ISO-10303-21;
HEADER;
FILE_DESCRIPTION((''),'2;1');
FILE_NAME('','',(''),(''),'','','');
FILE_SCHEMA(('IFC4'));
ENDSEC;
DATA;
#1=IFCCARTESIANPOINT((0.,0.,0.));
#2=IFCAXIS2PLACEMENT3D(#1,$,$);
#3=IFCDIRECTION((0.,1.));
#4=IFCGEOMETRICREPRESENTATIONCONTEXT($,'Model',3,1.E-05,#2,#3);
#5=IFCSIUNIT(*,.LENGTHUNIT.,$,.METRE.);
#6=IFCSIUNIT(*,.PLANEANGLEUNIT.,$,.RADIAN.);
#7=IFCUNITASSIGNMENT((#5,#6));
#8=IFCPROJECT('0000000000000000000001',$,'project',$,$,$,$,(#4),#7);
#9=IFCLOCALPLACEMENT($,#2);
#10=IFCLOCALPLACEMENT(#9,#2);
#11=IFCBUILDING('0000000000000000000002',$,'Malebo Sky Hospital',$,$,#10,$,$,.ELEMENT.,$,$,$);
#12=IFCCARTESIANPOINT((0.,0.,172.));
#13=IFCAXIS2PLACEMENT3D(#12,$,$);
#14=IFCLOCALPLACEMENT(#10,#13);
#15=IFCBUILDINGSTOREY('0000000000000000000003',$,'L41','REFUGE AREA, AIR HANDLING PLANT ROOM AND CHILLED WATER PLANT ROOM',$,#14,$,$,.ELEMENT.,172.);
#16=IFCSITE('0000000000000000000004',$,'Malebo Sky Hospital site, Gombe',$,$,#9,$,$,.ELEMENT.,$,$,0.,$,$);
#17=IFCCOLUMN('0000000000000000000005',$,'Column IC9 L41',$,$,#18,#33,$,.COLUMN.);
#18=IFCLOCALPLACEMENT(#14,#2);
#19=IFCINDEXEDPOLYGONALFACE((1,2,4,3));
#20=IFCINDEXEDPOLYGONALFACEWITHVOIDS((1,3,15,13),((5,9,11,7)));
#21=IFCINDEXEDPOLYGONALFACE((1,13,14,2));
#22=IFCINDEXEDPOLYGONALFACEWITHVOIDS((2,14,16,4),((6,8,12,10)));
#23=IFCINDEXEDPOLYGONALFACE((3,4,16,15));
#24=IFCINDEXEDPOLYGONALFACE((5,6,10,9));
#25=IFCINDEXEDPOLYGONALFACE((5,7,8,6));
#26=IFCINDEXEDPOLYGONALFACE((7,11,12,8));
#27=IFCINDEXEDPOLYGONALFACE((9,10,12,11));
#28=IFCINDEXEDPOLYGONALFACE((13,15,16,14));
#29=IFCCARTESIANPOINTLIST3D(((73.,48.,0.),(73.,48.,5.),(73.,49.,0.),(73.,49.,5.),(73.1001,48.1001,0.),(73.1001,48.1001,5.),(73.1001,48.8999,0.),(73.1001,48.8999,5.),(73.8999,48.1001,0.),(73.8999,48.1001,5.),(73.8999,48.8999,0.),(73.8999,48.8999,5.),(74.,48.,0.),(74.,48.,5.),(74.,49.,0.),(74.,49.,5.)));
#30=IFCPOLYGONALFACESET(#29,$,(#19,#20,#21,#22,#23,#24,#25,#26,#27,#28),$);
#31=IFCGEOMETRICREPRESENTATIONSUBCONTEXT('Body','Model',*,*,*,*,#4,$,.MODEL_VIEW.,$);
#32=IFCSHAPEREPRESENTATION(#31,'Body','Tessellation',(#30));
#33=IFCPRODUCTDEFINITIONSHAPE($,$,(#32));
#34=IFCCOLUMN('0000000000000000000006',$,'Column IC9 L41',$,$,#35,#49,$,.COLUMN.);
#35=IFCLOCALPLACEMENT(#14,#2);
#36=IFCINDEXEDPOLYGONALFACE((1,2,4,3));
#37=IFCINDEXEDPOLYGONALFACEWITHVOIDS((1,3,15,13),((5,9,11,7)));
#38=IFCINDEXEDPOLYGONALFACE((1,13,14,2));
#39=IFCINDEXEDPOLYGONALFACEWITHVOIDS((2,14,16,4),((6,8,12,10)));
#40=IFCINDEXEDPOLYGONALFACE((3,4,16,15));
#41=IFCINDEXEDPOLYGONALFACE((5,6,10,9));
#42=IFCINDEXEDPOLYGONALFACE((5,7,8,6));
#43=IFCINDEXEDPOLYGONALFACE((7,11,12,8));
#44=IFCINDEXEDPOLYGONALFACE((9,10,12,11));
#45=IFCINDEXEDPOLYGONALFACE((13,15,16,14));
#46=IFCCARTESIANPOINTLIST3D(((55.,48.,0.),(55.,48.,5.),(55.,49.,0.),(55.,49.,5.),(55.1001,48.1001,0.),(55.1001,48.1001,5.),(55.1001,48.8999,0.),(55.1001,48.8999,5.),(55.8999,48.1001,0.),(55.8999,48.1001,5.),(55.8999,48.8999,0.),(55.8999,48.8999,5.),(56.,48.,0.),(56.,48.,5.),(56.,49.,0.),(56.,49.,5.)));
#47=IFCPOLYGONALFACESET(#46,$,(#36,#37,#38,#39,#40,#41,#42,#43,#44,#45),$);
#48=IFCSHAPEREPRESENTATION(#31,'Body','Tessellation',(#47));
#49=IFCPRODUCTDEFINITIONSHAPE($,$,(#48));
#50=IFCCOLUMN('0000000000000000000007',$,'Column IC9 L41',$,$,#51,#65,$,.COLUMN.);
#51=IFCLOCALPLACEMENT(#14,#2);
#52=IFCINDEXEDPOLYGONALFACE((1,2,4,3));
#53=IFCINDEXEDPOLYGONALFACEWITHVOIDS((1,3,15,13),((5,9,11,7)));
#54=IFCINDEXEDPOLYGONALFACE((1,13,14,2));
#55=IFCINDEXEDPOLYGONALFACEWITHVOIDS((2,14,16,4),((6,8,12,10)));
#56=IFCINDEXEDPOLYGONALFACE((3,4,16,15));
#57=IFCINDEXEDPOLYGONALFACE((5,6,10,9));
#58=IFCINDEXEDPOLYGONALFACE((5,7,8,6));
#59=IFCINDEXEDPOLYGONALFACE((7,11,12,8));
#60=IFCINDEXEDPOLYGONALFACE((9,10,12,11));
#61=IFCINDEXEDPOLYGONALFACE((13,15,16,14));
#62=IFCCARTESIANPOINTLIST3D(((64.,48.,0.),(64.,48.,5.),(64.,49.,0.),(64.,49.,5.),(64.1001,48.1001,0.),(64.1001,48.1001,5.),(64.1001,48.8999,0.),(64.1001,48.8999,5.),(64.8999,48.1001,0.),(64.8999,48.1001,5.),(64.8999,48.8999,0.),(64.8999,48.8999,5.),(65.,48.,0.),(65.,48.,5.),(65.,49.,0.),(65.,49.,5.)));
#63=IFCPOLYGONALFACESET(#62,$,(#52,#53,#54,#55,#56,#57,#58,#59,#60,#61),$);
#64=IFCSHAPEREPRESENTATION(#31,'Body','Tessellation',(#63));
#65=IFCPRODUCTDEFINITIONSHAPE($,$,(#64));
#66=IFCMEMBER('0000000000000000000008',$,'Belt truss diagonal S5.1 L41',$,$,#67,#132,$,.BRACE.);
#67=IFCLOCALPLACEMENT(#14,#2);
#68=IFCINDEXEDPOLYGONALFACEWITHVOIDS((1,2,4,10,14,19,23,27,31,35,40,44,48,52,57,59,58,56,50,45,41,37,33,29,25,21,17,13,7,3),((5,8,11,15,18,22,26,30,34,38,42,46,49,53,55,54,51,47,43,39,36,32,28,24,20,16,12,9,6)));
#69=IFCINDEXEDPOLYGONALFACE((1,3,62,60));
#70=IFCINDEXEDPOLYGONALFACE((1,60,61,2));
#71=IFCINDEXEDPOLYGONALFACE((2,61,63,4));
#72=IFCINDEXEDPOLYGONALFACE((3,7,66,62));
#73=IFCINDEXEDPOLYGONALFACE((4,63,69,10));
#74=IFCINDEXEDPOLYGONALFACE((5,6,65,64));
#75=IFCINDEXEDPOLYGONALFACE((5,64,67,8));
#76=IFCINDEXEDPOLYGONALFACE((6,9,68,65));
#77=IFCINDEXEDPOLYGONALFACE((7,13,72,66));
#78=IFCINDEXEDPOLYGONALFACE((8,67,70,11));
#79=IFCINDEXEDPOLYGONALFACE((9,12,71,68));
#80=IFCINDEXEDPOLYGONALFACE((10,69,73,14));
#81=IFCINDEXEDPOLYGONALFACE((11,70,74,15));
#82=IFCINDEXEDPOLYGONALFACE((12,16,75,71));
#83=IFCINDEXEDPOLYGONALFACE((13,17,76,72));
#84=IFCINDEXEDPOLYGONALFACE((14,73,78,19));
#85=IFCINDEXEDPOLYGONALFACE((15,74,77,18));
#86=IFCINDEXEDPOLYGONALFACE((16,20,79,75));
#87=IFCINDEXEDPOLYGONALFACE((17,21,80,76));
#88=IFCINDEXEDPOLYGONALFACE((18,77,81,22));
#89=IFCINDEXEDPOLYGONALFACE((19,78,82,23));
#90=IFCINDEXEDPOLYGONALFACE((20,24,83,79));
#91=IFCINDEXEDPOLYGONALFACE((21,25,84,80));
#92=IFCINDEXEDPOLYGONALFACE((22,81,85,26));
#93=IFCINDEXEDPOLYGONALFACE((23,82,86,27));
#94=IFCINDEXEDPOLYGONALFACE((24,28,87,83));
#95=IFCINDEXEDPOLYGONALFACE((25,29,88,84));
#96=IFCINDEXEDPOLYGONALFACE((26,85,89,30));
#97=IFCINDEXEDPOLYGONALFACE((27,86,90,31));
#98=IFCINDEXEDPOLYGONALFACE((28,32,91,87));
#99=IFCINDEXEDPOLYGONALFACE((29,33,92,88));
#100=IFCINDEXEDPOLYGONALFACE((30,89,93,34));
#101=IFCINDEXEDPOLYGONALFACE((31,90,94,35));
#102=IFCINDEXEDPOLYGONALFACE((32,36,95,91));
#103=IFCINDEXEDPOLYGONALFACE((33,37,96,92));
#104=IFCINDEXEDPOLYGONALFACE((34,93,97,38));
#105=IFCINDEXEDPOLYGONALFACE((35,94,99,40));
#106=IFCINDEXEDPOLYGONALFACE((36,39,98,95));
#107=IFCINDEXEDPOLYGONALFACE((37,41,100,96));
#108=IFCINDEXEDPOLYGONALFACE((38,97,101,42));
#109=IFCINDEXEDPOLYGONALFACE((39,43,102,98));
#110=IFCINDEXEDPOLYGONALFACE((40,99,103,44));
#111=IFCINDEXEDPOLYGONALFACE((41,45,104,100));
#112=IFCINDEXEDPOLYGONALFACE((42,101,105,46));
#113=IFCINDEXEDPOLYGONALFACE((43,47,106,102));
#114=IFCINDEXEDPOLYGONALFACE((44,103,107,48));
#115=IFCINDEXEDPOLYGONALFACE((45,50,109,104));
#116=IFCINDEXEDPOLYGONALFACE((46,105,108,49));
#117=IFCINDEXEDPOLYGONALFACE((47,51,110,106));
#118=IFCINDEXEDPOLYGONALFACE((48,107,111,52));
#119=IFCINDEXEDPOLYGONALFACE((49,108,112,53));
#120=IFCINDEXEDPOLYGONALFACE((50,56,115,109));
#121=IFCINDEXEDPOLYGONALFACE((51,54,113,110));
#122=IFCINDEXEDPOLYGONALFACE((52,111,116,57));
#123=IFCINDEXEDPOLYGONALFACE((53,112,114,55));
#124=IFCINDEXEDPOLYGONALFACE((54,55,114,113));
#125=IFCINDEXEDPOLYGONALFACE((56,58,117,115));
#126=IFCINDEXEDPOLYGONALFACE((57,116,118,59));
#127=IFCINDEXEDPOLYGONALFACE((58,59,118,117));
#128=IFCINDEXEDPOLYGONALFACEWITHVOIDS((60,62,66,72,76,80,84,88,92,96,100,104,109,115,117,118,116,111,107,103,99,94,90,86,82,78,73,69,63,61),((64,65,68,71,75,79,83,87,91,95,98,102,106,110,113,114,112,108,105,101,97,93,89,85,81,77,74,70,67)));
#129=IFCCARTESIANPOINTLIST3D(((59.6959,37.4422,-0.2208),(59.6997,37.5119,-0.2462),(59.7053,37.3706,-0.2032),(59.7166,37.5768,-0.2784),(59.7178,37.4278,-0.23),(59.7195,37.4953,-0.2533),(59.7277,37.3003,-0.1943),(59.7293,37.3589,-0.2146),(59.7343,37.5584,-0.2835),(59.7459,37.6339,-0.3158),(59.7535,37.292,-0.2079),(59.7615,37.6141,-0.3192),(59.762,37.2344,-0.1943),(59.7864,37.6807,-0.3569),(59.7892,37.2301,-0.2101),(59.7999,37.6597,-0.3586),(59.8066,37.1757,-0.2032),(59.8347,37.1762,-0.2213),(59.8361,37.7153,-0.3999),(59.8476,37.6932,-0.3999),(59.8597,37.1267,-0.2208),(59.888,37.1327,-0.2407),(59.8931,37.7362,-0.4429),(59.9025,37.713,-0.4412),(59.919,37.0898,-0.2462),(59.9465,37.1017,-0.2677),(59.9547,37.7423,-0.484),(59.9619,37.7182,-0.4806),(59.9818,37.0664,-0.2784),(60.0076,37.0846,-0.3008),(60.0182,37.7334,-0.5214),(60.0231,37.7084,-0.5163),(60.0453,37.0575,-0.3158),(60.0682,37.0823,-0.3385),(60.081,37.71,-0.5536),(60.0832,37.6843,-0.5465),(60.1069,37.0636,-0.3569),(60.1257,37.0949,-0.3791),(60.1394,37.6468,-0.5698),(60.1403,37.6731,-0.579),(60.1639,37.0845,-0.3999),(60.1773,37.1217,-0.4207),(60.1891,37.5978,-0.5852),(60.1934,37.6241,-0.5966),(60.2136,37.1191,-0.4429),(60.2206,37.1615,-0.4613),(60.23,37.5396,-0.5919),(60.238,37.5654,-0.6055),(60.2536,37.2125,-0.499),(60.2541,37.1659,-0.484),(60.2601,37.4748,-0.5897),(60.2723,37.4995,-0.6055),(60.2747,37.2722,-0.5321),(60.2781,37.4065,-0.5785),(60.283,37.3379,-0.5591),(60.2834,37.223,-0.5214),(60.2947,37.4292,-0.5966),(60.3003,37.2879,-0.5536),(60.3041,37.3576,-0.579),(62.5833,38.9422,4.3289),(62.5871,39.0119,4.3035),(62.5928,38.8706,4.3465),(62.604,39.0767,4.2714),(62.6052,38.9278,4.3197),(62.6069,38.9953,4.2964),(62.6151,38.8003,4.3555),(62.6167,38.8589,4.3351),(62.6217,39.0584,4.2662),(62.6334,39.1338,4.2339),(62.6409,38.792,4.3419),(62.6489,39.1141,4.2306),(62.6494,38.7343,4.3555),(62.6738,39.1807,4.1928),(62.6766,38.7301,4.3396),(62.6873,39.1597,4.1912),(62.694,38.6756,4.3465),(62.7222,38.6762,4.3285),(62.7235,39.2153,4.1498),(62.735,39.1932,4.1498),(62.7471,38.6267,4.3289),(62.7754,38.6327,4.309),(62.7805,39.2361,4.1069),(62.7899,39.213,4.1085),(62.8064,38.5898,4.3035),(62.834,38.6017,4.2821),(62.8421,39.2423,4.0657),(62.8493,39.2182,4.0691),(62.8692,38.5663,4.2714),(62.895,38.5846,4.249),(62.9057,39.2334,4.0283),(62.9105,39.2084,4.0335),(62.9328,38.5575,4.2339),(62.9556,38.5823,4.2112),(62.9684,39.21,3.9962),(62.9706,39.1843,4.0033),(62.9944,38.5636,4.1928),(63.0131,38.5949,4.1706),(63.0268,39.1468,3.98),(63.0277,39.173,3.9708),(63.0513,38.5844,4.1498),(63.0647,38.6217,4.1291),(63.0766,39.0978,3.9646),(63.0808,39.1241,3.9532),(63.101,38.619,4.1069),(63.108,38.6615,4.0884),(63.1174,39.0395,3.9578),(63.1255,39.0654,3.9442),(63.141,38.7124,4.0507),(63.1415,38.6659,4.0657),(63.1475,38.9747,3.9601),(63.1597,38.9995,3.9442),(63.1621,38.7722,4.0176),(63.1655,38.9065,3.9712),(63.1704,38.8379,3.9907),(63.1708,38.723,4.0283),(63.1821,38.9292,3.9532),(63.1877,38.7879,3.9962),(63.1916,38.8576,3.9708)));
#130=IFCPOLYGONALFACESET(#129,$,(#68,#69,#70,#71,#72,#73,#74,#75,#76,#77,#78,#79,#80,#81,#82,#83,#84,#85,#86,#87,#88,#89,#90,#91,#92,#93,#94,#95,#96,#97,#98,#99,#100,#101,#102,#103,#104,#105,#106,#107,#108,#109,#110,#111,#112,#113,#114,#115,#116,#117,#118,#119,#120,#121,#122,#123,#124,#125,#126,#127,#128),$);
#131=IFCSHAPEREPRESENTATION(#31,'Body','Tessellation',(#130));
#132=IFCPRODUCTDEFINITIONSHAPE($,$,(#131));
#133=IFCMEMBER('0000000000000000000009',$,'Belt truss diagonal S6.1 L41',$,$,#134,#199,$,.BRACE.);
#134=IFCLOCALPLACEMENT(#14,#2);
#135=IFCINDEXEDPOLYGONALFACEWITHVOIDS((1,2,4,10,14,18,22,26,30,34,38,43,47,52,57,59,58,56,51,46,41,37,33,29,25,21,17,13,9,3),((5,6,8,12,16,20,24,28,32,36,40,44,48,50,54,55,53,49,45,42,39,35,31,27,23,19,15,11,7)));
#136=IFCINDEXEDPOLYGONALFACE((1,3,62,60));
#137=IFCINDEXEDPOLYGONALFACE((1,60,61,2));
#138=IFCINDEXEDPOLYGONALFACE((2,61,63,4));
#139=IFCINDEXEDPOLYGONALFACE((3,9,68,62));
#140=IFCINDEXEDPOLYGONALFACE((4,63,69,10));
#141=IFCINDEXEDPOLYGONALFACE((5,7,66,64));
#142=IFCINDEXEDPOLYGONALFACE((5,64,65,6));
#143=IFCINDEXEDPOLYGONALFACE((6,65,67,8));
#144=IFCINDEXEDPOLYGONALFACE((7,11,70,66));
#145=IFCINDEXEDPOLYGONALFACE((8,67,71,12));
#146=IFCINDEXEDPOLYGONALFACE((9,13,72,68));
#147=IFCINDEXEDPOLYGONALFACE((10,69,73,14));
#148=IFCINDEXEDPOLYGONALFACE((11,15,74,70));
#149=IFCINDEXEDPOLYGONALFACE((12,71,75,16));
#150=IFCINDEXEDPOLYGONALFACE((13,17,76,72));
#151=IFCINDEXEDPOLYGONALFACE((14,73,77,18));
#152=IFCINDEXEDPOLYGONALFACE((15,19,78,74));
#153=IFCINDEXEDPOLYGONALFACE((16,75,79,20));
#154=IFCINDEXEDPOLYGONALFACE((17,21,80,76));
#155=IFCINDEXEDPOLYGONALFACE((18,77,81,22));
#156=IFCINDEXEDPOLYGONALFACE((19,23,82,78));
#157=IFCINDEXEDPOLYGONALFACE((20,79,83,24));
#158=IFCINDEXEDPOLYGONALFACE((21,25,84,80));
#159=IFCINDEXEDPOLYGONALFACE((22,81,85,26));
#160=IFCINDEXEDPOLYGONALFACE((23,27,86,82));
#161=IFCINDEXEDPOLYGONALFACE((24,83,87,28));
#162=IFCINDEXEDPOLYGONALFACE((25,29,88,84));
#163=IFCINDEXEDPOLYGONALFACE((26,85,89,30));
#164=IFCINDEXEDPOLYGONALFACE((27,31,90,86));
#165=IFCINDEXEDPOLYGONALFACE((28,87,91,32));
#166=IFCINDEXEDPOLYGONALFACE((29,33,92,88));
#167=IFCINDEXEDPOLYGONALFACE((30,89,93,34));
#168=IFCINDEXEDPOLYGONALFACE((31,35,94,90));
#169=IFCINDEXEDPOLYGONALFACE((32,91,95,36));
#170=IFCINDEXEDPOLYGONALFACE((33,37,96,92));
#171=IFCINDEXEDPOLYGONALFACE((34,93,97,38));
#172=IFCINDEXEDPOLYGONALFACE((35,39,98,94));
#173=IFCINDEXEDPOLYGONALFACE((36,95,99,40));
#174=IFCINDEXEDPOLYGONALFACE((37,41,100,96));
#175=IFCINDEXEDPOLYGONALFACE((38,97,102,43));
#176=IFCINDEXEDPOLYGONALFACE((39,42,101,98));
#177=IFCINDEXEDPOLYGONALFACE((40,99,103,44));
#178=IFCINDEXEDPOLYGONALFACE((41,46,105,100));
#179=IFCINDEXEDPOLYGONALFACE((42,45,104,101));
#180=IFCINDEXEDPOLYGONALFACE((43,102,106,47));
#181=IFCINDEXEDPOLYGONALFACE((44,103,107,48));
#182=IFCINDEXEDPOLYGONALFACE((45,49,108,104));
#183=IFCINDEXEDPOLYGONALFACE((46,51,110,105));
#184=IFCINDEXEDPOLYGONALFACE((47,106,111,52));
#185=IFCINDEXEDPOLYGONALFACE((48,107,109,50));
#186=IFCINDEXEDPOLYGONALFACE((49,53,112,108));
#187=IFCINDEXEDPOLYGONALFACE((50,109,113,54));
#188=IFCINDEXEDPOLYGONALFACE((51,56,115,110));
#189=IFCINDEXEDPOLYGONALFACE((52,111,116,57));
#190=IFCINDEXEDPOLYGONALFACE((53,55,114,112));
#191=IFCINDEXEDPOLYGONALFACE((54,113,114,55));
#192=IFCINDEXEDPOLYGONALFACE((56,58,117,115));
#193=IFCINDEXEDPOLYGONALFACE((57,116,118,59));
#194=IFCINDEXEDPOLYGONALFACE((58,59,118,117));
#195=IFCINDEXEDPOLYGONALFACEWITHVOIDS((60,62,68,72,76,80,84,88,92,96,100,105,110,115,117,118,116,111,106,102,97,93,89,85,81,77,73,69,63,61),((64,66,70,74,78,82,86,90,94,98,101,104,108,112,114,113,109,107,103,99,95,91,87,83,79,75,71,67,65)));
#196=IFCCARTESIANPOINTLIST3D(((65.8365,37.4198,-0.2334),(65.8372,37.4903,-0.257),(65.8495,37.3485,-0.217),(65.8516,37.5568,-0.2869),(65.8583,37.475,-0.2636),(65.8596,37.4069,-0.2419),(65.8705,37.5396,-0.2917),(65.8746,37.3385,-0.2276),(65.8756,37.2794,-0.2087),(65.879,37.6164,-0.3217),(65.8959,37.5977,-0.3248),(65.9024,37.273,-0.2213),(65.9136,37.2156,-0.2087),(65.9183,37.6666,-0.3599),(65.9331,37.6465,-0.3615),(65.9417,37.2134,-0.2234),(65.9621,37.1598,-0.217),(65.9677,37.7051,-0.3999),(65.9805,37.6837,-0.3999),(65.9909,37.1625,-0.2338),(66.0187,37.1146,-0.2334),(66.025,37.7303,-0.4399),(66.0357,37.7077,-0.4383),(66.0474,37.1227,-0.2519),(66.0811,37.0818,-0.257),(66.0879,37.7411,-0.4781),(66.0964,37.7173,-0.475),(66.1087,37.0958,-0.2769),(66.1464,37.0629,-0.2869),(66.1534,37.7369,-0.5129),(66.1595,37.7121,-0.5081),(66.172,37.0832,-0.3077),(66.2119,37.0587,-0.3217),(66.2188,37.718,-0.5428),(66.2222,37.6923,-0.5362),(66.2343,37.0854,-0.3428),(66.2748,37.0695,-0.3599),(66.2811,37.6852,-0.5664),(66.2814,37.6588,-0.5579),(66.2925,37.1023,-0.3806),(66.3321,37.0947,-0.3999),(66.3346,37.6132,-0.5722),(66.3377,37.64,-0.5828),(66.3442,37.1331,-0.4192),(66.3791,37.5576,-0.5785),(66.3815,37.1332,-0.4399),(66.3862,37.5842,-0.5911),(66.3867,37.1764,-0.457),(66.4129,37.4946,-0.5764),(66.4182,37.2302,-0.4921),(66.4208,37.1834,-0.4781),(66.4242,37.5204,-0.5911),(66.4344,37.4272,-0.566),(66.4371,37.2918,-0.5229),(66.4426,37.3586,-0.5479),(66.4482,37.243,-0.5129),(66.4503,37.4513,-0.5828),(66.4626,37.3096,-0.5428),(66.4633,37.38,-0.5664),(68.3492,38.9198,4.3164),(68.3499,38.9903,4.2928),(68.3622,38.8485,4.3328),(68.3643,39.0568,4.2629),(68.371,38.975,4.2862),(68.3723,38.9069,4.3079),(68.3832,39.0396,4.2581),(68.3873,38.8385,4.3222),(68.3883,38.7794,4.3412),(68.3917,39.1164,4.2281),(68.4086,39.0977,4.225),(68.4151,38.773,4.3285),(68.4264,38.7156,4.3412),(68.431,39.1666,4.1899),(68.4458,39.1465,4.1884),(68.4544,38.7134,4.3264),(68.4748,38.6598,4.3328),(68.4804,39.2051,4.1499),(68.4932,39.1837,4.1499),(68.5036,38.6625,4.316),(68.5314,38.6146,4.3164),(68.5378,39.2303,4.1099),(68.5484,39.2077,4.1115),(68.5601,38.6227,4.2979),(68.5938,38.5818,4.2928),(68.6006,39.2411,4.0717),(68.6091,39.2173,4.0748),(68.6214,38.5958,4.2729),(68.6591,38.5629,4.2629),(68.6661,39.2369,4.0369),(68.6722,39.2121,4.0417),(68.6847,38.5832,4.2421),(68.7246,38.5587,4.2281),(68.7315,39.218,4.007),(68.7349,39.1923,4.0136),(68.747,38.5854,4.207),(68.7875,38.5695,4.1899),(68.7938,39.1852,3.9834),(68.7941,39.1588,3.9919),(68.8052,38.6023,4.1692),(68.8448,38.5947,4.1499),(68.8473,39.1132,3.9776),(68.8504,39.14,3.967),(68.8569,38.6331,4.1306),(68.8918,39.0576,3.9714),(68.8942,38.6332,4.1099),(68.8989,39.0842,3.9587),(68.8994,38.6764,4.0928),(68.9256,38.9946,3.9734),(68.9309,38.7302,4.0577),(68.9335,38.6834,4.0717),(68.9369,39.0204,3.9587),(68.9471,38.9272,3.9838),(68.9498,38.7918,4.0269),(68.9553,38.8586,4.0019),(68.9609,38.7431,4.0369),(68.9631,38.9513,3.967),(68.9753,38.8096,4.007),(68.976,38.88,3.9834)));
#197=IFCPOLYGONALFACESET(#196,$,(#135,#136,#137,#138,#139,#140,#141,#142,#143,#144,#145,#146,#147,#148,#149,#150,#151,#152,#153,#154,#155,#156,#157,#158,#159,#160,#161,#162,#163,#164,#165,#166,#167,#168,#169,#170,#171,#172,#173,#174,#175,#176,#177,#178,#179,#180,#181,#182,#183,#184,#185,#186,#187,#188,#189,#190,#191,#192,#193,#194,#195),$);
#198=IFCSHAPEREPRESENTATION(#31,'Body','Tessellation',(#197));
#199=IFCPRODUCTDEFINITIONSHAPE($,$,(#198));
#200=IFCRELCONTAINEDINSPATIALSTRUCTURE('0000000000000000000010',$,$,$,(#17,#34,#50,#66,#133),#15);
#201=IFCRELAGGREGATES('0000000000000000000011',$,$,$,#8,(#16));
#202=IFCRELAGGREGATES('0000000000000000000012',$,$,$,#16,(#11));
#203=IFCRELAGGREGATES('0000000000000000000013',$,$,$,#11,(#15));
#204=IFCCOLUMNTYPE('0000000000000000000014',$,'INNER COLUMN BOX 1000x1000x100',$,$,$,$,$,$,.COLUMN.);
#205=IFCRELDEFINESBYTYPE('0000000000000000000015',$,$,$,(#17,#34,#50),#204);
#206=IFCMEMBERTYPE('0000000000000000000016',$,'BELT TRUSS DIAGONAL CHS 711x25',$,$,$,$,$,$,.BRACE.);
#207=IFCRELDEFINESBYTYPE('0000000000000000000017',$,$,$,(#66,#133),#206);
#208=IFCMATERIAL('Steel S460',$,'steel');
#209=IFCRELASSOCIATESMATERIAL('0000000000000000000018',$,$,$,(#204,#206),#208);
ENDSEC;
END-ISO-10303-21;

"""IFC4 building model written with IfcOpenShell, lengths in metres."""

from ifc_helpers import new_model, si_unit, direction, frame, origin, origin_2d, place, context, subcontext, project, spatial, hollow_rectangle, hollow_circle, extrude, material, material_profile, profile_set, type_object, element, save


model = new_model("IFC4")

# Units and contexts
model_context = context("Model", 3, precision=1e-05, world=origin(), true_north=direction((0.0, 1.0)))
body_context = subcontext(model_context, "Body", "Model", "MODEL_VIEW")
ifc_project = project(units=[si_unit("LENGTHUNIT", "METRE"), si_unit("PLANEANGLEUNIT", "RADIAN")], contexts=[model_context])

# Site, building, storey
site_placement = place(None, origin())
site = spatial("IfcSite", under=ifc_project, at=site_placement, Name="Malebo Sky Hospital site, Gombe", CompositionType="ELEMENT", RefElevation=0.0)
building_placement = place(site_placement, origin())
building = spatial("IfcBuilding", under=site, at=building_placement, Name="Malebo Sky Hospital", CompositionType="ELEMENT")
storey_placement = place(building_placement, frame((0.0, 0.0, 172.0)))
storey = spatial("IfcBuildingStorey", under=building, at=storey_placement, Name="L41", Description="REFUGE AREA, AIR HANDLING PLANT ROOM AND CHILLED WATER PLANT ROOM", CompositionType="ELEMENT", Elevation=172.0)

# Columns
ifc_material_1 = material(Name="Steel S460", Category="steel")
ifc_material_profile_1 = material_profile(ifc_material_1, hollow_rectangle(XDim=1.0, YDim=1.0, WallThickness=0.1001, at=origin_2d()), Name="BOX 1000x1000x100")
ifc_profile_set_1 = profile_set([ifc_material_profile_1], Name="Steel S460")
column_type = type_object("IfcColumnType", Name="INNER COLUMN BOX 1000x1000x100", PredefinedType="COLUMN", material=ifc_profile_set_1)
for number, where, z_axis, x_axis, name in (
    (1, (73.5, 48.5, 0.0), (0.0, 0.0, 1.0), (1.0, 0.0, 0.0), "Column IC9 L41"),
    (2, (55.5, 48.5, 0.0), (0.0, 0.0, 1.0), (1.0, 0.0, 0.0), "Column IC9 L41"),
    (3, (64.5, 48.5, 0.0), (0.0, 0.0, 1.0), (1.0, 0.0, 0.0), "Column IC9 L41"),
):
    element("IfcColumn", number, at=place(storey_placement, frame(where, z_axis=z_axis, x_axis=x_axis)), inside=storey, type_object=column_type, Name=name, PredefinedType="COLUMN", context=body_context, shape_type="SweptSolid", body=[
        extrude(hollow_rectangle(XDim=1.0, YDim=1.0, WallThickness=0.1001, at=origin_2d()), origin(), (0.0, 0.0, 1.0), 5.0),
    ])

# Members
ifc_material_profile_2 = material_profile(ifc_material_1, hollow_circle(Radius=0.3555, WallThickness=0.0249, at=origin_2d()), Name="CHS 711x25")
ifc_profile_set_2 = profile_set([ifc_material_profile_2], Name="Steel S460")
member_type_1 = type_object("IfcMemberType", Name="BELT TRUSS DIAGONAL CHS 711x25", PredefinedType="BRACE", material=ifc_profile_set_2)
member_1_placement = place(storey_placement, frame((60.0, 37.3999, -0.3999), z_axis=(0.516208, 0.268165, 0.813398), x_axis=(-0.460996, 0.887402, 0.0)))
element("IfcMember", 4, at=member_1_placement, inside=storey, type_object=member_type_1, Name="Belt truss diagonal S5.1 L41", PredefinedType="BRACE", context=body_context, shape_type="SweptSolid", body=[
    extrude(hollow_circle(Radius=0.3555, WallThickness=0.0249, at=origin_2d()), origin(), (0.0, 0.0, 1.0), 5.5935),
])
member_2_placement = place(storey_placement, frame((66.1499, 37.3999, -0.3999), z_axis=(0.464484, 0.277282, 0.841053), x_axis=(-0.512581, 0.858639, 0.0)))
element("IfcMember", 5, at=member_2_placement, inside=storey, type_object=member_type_1, Name="Belt truss diagonal S6.1 L41", PredefinedType="BRACE", context=body_context, shape_type="SweptSolid", body=[
    extrude(hollow_circle(Radius=0.3555, WallThickness=0.0249, at=origin_2d()), origin(), (0.0, 0.0, 1.0), 5.4097),
])

save(model, "model.ifc")
